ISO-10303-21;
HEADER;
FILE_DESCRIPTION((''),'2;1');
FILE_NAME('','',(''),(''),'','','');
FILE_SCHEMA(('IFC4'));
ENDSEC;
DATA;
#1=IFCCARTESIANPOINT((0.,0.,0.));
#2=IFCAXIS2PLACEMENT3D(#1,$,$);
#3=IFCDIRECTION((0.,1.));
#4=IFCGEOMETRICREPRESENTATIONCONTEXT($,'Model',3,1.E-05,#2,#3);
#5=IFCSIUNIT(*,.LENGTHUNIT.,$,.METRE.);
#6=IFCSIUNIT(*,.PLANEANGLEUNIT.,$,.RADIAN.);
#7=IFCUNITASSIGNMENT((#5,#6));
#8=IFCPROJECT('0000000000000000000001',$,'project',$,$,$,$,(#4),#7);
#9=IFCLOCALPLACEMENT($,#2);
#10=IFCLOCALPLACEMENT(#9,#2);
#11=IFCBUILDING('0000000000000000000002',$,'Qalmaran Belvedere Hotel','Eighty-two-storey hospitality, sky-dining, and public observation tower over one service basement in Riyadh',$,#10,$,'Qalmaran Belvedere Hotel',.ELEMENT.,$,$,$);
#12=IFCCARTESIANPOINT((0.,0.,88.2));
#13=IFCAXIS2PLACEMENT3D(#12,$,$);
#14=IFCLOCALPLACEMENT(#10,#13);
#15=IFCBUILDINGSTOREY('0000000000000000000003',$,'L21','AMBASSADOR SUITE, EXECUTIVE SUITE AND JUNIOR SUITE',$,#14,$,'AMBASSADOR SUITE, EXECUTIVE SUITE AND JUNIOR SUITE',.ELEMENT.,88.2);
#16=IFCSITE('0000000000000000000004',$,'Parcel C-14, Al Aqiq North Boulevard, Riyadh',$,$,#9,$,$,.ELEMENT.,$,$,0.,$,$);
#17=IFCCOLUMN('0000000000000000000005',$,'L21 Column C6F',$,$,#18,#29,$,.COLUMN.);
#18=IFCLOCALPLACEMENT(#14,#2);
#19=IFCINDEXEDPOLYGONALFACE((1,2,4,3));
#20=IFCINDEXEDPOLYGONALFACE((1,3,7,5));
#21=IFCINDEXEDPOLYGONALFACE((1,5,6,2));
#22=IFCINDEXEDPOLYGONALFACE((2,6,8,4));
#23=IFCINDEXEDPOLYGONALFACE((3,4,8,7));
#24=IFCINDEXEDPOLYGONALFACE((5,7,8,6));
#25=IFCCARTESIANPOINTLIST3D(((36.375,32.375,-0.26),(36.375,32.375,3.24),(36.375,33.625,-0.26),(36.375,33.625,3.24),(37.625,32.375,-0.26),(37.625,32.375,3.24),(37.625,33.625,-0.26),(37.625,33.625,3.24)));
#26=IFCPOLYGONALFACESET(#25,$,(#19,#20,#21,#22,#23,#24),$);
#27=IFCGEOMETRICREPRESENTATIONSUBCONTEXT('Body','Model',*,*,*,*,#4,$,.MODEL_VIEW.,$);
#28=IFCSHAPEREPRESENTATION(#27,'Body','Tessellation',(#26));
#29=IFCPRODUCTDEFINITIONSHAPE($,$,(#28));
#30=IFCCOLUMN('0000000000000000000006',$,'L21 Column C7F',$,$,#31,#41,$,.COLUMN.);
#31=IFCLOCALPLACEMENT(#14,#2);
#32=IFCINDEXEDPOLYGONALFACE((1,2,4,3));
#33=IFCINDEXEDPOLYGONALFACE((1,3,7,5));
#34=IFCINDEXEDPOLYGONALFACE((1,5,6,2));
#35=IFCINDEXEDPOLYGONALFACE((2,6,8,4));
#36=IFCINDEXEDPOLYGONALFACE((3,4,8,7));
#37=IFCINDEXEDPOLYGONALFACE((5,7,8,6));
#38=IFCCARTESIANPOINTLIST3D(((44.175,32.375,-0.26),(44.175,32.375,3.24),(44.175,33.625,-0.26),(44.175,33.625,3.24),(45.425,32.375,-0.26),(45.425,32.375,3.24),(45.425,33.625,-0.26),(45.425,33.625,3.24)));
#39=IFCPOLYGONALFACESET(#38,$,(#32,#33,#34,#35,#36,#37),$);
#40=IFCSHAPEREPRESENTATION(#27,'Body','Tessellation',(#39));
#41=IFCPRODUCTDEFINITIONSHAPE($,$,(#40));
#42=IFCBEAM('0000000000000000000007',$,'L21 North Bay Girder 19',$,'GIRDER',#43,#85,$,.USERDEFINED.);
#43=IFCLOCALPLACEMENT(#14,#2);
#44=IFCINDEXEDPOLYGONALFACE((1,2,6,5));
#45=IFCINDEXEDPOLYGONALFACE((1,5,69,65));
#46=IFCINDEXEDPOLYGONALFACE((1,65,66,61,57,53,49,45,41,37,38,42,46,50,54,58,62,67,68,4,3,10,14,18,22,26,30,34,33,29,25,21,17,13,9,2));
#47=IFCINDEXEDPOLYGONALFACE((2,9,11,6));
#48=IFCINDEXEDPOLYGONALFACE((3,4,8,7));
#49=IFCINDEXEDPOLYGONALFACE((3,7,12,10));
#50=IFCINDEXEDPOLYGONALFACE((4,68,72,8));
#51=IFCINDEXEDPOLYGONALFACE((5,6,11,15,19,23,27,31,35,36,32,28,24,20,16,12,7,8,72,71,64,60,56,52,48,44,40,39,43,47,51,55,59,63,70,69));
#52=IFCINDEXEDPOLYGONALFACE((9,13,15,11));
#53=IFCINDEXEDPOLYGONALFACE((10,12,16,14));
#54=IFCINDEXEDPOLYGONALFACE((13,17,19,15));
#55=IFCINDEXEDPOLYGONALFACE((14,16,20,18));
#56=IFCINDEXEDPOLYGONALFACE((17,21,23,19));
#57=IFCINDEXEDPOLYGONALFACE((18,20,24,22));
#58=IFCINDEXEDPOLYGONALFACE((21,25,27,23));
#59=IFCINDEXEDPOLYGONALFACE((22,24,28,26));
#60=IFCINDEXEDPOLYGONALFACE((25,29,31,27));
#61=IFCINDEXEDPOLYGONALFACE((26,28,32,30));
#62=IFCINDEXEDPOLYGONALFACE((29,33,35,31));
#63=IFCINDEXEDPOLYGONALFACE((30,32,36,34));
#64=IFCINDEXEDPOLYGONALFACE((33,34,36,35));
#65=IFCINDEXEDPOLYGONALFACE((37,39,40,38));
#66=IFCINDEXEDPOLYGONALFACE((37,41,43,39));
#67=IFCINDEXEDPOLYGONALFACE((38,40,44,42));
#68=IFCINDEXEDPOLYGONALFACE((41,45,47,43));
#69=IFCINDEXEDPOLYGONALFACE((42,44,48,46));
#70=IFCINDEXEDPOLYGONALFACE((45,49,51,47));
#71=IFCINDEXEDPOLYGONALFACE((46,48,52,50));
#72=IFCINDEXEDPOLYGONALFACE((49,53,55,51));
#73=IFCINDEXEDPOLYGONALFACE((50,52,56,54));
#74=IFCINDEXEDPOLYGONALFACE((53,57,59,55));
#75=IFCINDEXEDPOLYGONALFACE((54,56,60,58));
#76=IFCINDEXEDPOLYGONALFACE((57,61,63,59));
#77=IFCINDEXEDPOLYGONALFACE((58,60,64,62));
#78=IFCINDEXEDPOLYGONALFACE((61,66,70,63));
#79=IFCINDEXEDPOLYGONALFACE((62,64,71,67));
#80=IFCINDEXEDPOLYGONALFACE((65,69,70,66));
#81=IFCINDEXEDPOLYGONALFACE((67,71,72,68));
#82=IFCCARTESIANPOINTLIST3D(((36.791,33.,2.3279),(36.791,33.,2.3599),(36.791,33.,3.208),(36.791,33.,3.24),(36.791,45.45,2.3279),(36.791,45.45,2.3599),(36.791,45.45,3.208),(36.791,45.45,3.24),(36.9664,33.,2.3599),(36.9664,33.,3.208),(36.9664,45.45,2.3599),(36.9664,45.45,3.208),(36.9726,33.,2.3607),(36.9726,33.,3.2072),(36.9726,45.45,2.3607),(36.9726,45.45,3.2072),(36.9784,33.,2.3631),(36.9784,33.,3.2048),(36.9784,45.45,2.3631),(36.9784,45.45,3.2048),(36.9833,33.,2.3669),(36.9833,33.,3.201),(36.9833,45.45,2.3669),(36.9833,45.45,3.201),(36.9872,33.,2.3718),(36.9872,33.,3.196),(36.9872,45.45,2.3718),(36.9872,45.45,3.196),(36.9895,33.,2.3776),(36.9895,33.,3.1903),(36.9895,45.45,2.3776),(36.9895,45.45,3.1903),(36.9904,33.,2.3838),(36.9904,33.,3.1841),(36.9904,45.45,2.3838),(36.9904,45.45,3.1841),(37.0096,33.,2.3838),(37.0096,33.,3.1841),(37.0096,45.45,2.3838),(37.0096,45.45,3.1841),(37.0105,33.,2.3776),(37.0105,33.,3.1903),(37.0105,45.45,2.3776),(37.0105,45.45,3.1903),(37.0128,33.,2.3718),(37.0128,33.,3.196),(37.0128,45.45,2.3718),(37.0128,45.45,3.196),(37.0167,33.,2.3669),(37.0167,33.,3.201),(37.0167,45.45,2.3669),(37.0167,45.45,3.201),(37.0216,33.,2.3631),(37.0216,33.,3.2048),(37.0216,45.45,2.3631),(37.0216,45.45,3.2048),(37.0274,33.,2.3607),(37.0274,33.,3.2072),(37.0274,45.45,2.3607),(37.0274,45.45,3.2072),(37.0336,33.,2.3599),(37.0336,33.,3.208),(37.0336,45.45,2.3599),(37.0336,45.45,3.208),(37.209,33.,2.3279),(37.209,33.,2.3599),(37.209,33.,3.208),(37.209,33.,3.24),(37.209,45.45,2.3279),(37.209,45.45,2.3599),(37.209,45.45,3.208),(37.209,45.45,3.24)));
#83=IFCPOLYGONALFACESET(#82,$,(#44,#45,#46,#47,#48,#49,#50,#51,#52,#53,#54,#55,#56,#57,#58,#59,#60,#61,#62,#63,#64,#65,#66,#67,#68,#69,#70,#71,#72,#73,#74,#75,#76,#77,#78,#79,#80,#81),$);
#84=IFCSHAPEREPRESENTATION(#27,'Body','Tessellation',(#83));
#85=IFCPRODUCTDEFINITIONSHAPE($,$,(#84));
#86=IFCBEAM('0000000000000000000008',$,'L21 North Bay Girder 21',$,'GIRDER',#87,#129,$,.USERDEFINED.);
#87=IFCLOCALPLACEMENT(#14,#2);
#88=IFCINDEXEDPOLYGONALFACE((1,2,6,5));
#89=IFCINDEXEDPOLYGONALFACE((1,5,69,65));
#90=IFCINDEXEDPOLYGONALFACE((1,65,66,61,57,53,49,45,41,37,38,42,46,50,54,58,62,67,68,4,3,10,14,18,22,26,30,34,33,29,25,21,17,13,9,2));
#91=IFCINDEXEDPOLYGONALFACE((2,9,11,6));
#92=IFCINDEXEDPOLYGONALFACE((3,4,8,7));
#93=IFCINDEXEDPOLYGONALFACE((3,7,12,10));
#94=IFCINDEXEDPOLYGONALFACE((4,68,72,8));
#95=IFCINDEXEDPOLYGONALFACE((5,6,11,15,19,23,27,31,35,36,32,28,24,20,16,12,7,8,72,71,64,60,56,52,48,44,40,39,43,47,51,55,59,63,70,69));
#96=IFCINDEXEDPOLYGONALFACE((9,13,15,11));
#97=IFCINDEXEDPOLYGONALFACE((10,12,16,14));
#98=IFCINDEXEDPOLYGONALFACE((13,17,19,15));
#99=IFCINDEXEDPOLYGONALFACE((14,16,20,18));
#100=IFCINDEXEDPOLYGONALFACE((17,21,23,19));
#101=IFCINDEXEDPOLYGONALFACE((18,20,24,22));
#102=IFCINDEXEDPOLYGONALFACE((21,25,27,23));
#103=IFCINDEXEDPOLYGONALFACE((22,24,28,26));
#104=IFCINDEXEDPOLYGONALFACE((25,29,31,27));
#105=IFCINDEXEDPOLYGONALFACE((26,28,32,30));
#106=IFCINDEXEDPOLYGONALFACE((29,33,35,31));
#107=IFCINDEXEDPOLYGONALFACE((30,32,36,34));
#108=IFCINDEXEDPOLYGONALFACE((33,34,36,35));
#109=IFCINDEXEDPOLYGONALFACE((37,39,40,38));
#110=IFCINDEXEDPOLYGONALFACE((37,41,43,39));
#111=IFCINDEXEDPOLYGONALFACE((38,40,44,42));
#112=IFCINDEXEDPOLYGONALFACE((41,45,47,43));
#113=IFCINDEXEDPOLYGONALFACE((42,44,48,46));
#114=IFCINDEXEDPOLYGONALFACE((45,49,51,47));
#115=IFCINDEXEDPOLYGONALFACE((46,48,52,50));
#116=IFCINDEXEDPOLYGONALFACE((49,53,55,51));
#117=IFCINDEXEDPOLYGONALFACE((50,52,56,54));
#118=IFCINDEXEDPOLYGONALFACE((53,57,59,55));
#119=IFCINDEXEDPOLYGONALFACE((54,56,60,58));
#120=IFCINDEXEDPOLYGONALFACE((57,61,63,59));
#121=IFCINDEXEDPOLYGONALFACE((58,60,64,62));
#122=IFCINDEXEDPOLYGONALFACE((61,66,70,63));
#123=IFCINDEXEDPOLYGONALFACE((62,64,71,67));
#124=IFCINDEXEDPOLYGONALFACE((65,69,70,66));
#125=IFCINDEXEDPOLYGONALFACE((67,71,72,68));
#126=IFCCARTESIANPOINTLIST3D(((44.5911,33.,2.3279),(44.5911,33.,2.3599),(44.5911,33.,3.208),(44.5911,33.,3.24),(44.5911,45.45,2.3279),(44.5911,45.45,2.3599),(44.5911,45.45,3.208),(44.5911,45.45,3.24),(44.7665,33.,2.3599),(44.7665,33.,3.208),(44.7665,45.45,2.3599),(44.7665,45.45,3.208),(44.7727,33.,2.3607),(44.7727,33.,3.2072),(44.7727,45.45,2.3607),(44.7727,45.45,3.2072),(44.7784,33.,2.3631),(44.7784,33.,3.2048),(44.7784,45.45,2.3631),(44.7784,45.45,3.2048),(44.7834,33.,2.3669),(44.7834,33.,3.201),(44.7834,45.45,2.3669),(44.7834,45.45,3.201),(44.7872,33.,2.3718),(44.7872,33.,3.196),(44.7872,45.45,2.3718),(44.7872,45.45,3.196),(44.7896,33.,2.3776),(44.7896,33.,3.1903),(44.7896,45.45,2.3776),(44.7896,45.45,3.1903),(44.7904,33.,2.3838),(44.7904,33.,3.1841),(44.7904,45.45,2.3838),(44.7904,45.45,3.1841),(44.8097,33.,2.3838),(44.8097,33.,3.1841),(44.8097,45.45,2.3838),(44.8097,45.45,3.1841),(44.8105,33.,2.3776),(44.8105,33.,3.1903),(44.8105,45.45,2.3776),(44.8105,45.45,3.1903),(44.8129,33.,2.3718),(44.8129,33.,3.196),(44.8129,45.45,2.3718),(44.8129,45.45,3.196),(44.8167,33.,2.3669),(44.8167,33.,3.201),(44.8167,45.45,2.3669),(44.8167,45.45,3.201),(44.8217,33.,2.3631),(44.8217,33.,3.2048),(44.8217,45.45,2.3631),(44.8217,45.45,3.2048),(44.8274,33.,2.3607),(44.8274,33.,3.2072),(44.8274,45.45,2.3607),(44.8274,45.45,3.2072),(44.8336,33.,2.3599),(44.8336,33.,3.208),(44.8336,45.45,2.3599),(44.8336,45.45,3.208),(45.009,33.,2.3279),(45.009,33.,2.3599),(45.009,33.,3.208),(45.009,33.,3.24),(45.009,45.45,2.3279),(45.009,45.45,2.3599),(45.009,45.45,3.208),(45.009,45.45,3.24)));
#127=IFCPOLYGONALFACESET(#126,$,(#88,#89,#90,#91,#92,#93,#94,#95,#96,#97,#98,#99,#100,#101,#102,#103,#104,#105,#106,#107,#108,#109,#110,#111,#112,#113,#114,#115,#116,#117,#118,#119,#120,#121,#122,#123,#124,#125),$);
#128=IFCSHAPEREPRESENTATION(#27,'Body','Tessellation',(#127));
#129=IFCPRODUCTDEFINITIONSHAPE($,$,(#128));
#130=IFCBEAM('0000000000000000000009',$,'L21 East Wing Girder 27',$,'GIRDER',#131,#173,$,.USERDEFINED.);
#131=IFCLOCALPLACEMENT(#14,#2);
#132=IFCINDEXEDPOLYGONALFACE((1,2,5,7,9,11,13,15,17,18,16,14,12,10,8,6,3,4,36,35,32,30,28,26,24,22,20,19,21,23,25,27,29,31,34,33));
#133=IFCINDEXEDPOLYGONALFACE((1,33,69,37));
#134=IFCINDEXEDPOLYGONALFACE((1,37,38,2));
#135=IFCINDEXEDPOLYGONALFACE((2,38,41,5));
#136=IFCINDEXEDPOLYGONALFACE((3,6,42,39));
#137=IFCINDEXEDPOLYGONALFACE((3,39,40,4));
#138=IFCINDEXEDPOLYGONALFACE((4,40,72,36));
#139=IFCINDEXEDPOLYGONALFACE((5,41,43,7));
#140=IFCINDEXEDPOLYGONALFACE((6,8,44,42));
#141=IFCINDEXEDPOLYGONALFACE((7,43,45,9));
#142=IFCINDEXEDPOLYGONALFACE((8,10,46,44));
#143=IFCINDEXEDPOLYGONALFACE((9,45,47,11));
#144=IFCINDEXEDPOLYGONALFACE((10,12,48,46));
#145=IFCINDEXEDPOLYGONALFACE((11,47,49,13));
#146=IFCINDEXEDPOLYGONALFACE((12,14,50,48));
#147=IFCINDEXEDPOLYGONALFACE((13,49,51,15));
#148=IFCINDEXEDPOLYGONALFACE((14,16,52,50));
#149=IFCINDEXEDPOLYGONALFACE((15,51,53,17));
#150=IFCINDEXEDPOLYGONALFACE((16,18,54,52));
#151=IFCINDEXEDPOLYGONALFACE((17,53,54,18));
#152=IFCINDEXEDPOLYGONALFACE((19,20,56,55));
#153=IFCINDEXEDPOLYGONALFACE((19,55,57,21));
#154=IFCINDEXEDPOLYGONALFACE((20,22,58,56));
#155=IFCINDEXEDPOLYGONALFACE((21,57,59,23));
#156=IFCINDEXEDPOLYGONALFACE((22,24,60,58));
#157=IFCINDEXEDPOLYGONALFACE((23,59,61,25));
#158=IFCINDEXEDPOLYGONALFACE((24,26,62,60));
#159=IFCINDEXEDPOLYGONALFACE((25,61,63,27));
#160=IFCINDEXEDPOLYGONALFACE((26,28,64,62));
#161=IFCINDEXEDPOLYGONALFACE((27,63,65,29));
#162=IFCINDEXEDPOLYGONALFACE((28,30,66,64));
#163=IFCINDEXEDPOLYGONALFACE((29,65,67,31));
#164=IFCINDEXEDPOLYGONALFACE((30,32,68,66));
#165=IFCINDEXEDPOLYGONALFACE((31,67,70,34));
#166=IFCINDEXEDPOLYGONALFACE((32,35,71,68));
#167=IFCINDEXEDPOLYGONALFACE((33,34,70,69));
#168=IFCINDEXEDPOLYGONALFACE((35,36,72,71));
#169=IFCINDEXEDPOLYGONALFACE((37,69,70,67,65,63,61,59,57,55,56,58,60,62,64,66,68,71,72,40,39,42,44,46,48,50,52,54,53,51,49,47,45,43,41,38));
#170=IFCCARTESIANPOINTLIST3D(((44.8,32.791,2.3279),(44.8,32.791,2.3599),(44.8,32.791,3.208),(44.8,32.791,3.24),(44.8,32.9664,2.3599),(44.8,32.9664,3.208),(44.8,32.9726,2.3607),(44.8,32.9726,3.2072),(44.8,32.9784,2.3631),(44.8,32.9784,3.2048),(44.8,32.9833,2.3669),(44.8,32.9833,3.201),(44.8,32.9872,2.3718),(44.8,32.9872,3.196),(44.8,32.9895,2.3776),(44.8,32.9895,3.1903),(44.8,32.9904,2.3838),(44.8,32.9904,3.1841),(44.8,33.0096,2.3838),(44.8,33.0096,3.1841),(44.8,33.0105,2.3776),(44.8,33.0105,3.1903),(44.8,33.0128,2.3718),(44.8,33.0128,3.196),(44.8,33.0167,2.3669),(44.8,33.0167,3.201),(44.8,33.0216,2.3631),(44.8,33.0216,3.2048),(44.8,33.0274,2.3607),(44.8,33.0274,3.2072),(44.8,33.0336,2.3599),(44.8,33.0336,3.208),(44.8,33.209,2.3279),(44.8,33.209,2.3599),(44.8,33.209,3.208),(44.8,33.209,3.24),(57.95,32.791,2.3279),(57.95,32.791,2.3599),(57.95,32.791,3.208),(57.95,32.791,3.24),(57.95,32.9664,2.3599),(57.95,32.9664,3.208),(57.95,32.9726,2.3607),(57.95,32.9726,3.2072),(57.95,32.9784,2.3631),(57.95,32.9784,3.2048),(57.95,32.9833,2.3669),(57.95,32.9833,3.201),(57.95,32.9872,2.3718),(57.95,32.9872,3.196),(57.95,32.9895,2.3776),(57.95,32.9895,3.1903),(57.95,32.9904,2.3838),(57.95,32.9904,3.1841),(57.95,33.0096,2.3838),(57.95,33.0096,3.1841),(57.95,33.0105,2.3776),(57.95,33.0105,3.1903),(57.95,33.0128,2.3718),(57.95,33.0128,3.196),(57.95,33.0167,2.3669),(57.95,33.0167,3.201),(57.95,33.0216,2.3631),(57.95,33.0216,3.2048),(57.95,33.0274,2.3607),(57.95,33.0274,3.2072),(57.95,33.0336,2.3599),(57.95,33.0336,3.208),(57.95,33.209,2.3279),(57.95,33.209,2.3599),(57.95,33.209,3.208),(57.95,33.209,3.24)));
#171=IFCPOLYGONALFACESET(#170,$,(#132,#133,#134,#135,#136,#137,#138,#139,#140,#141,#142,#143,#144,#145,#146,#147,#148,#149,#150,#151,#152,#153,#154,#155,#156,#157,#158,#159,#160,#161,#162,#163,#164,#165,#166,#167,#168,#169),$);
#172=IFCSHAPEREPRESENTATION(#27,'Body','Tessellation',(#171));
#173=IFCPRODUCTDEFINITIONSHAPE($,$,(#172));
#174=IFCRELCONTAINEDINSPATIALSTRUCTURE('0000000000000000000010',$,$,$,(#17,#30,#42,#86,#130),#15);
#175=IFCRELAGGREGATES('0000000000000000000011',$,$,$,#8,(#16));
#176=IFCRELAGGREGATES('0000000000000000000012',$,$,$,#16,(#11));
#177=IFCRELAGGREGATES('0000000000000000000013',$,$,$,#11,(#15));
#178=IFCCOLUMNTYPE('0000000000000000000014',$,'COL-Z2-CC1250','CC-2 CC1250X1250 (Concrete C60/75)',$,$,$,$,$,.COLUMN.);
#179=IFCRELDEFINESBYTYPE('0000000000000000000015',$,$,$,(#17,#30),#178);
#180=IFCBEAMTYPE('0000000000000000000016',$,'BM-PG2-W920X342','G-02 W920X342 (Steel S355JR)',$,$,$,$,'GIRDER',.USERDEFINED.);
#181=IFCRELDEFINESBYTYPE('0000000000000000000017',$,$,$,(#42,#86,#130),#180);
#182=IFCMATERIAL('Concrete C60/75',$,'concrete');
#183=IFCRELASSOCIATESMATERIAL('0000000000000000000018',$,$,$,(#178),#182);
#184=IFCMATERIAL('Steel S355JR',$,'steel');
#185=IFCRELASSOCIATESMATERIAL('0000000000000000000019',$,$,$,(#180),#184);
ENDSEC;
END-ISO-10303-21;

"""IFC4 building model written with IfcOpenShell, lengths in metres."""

from ifc_helpers import new_model, si_unit, direction, frame, origin, origin_2d, place, context, subcontext, project, spatial, rectangle, i_section, extrude, material, material_profile, profile_set, type_object, element, save


model = new_model("IFC4")

# Units and contexts
model_context = context("Model", 3, precision=1e-05, world=origin(), true_north=direction((0.0, 1.0)))
body_context = subcontext(model_context, "Body", "Model", "MODEL_VIEW")
ifc_project = project(units=[si_unit("LENGTHUNIT", "METRE"), si_unit("PLANEANGLEUNIT", "RADIAN")], contexts=[model_context])

# Site, building, storey
site_placement = place(None, origin())
site = spatial("IfcSite", under=ifc_project, at=site_placement, Name="Parcel C-14, Al Aqiq North Boulevard, Riyadh", CompositionType="ELEMENT", RefElevation=0.0)
building_placement = place(site_placement, origin())
building = spatial("IfcBuilding", under=site, at=building_placement, Name="Qalmaran Belvedere Hotel", Description="Eighty-two-storey hospitality, sky-dining, and public observation tower over one service basement in Riyadh", LongName="Qalmaran Belvedere Hotel", CompositionType="ELEMENT")
storey_placement = place(building_placement, frame((0.0, 0.0, 88.2)))
storey = spatial("IfcBuildingStorey", under=building, at=storey_placement, Name="L21", Description="AMBASSADOR SUITE, EXECUTIVE SUITE AND JUNIOR SUITE", LongName="AMBASSADOR SUITE, EXECUTIVE SUITE AND JUNIOR SUITE", CompositionType="ELEMENT", Elevation=88.2)

# Columns
ifc_material_1 = material(Name="Concrete C60/75", Category="concrete")
ifc_material_profile_1 = material_profile(ifc_material_1, rectangle(XDim=1.25, YDim=1.25, at=origin_2d()), Name="CC1250X1250")
ifc_profile_set_1 = profile_set([ifc_material_profile_1], Name="Concrete C60/75")
column_type = type_object("IfcColumnType", Name="COL-Z2-CC1250", Description="CC-2 CC1250X1250 (Concrete C60/75)", PredefinedType="COLUMN", material=ifc_profile_set_1)
for number, where, z_axis, x_axis, name in (
    (1, (37.0, 33.0, -0.26), (0.0, 0.0, 1.0), (1.0, 0.0, 0.0), "L21 Column C6F"),
    (2, (44.8, 33.0, -0.26), (0.0, 0.0, 1.0), (1.0, 0.0, 0.0), "L21 Column C7F"),
):
    element("IfcColumn", number, at=place(storey_placement, frame(where, z_axis=z_axis, x_axis=x_axis)), inside=storey, type_object=column_type, Name=name, PredefinedType="COLUMN", context=body_context, shape_type="SweptSolid", body=[
        extrude(rectangle(XDim=1.25, YDim=1.25, at=origin_2d()), origin(), (0.0, 0.0, 1.0), 3.5),
    ])

# Beams
ifc_material_2 = material(Name="Steel S355JR", Category="steel")
ifc_material_profile_2 = material_profile(ifc_material_2, i_section(OverallWidth=0.418, OverallDepth=0.9121, WebThickness=0.0193, FlangeThickness=0.032, FilletRadius=0.0239, at=origin_2d()), Name="W920X342")
ifc_profile_set_2 = profile_set([ifc_material_profile_2], Name="Steel S355JR")
beam_type_1 = type_object("IfcBeamType", Name="BM-PG2-W920X342", Description="G-02 W920X342 (Steel S355JR)", ElementType="GIRDER", PredefinedType="USERDEFINED", material=ifc_profile_set_2)
for number, where, z_axis, x_axis, name in (
    (3, (37.0, 33.0, 2.7839), (0.0, 1.0, 0.0), (-1.0, 0.0, 0.0), "L21 North Bay Girder 19"),
    (4, (44.8, 33.0, 2.7839), (0.0, 1.0, 0.0), (-1.0, 0.0, 0.0), "L21 North Bay Girder 21"),
):
    element("IfcBeam", number, at=place(storey_placement, frame(where, z_axis=z_axis, x_axis=x_axis)), inside=storey, type_object=beam_type_1, Name=name, ObjectType="GIRDER", PredefinedType="USERDEFINED", context=body_context, shape_type="SweptSolid", body=[
        extrude(i_section(OverallWidth=0.418, OverallDepth=0.9121, WebThickness=0.0193, FlangeThickness=0.032, FilletRadius=0.0239, at=origin_2d()), origin(), (0.0, 0.0, 1.0), 12.45),
    ])
beam_1_placement = place(storey_placement, frame((44.8, 33.0, 2.7839), z_axis=(1.0, 0.0, 0.0), x_axis=(0.0, 1.0, 0.0)))
element("IfcBeam", 5, at=beam_1_placement, inside=storey, type_object=beam_type_1, Name="L21 East Wing Girder 27", ObjectType="GIRDER", PredefinedType="USERDEFINED", context=body_context, shape_type="SweptSolid", body=[
    extrude(i_section(OverallWidth=0.418, OverallDepth=0.9121, WebThickness=0.0193, FlangeThickness=0.032, FilletRadius=0.0239, at=origin_2d()), origin(), (0.0, 0.0, 1.0), 13.1499),
])

save(model, "model.ifc")
